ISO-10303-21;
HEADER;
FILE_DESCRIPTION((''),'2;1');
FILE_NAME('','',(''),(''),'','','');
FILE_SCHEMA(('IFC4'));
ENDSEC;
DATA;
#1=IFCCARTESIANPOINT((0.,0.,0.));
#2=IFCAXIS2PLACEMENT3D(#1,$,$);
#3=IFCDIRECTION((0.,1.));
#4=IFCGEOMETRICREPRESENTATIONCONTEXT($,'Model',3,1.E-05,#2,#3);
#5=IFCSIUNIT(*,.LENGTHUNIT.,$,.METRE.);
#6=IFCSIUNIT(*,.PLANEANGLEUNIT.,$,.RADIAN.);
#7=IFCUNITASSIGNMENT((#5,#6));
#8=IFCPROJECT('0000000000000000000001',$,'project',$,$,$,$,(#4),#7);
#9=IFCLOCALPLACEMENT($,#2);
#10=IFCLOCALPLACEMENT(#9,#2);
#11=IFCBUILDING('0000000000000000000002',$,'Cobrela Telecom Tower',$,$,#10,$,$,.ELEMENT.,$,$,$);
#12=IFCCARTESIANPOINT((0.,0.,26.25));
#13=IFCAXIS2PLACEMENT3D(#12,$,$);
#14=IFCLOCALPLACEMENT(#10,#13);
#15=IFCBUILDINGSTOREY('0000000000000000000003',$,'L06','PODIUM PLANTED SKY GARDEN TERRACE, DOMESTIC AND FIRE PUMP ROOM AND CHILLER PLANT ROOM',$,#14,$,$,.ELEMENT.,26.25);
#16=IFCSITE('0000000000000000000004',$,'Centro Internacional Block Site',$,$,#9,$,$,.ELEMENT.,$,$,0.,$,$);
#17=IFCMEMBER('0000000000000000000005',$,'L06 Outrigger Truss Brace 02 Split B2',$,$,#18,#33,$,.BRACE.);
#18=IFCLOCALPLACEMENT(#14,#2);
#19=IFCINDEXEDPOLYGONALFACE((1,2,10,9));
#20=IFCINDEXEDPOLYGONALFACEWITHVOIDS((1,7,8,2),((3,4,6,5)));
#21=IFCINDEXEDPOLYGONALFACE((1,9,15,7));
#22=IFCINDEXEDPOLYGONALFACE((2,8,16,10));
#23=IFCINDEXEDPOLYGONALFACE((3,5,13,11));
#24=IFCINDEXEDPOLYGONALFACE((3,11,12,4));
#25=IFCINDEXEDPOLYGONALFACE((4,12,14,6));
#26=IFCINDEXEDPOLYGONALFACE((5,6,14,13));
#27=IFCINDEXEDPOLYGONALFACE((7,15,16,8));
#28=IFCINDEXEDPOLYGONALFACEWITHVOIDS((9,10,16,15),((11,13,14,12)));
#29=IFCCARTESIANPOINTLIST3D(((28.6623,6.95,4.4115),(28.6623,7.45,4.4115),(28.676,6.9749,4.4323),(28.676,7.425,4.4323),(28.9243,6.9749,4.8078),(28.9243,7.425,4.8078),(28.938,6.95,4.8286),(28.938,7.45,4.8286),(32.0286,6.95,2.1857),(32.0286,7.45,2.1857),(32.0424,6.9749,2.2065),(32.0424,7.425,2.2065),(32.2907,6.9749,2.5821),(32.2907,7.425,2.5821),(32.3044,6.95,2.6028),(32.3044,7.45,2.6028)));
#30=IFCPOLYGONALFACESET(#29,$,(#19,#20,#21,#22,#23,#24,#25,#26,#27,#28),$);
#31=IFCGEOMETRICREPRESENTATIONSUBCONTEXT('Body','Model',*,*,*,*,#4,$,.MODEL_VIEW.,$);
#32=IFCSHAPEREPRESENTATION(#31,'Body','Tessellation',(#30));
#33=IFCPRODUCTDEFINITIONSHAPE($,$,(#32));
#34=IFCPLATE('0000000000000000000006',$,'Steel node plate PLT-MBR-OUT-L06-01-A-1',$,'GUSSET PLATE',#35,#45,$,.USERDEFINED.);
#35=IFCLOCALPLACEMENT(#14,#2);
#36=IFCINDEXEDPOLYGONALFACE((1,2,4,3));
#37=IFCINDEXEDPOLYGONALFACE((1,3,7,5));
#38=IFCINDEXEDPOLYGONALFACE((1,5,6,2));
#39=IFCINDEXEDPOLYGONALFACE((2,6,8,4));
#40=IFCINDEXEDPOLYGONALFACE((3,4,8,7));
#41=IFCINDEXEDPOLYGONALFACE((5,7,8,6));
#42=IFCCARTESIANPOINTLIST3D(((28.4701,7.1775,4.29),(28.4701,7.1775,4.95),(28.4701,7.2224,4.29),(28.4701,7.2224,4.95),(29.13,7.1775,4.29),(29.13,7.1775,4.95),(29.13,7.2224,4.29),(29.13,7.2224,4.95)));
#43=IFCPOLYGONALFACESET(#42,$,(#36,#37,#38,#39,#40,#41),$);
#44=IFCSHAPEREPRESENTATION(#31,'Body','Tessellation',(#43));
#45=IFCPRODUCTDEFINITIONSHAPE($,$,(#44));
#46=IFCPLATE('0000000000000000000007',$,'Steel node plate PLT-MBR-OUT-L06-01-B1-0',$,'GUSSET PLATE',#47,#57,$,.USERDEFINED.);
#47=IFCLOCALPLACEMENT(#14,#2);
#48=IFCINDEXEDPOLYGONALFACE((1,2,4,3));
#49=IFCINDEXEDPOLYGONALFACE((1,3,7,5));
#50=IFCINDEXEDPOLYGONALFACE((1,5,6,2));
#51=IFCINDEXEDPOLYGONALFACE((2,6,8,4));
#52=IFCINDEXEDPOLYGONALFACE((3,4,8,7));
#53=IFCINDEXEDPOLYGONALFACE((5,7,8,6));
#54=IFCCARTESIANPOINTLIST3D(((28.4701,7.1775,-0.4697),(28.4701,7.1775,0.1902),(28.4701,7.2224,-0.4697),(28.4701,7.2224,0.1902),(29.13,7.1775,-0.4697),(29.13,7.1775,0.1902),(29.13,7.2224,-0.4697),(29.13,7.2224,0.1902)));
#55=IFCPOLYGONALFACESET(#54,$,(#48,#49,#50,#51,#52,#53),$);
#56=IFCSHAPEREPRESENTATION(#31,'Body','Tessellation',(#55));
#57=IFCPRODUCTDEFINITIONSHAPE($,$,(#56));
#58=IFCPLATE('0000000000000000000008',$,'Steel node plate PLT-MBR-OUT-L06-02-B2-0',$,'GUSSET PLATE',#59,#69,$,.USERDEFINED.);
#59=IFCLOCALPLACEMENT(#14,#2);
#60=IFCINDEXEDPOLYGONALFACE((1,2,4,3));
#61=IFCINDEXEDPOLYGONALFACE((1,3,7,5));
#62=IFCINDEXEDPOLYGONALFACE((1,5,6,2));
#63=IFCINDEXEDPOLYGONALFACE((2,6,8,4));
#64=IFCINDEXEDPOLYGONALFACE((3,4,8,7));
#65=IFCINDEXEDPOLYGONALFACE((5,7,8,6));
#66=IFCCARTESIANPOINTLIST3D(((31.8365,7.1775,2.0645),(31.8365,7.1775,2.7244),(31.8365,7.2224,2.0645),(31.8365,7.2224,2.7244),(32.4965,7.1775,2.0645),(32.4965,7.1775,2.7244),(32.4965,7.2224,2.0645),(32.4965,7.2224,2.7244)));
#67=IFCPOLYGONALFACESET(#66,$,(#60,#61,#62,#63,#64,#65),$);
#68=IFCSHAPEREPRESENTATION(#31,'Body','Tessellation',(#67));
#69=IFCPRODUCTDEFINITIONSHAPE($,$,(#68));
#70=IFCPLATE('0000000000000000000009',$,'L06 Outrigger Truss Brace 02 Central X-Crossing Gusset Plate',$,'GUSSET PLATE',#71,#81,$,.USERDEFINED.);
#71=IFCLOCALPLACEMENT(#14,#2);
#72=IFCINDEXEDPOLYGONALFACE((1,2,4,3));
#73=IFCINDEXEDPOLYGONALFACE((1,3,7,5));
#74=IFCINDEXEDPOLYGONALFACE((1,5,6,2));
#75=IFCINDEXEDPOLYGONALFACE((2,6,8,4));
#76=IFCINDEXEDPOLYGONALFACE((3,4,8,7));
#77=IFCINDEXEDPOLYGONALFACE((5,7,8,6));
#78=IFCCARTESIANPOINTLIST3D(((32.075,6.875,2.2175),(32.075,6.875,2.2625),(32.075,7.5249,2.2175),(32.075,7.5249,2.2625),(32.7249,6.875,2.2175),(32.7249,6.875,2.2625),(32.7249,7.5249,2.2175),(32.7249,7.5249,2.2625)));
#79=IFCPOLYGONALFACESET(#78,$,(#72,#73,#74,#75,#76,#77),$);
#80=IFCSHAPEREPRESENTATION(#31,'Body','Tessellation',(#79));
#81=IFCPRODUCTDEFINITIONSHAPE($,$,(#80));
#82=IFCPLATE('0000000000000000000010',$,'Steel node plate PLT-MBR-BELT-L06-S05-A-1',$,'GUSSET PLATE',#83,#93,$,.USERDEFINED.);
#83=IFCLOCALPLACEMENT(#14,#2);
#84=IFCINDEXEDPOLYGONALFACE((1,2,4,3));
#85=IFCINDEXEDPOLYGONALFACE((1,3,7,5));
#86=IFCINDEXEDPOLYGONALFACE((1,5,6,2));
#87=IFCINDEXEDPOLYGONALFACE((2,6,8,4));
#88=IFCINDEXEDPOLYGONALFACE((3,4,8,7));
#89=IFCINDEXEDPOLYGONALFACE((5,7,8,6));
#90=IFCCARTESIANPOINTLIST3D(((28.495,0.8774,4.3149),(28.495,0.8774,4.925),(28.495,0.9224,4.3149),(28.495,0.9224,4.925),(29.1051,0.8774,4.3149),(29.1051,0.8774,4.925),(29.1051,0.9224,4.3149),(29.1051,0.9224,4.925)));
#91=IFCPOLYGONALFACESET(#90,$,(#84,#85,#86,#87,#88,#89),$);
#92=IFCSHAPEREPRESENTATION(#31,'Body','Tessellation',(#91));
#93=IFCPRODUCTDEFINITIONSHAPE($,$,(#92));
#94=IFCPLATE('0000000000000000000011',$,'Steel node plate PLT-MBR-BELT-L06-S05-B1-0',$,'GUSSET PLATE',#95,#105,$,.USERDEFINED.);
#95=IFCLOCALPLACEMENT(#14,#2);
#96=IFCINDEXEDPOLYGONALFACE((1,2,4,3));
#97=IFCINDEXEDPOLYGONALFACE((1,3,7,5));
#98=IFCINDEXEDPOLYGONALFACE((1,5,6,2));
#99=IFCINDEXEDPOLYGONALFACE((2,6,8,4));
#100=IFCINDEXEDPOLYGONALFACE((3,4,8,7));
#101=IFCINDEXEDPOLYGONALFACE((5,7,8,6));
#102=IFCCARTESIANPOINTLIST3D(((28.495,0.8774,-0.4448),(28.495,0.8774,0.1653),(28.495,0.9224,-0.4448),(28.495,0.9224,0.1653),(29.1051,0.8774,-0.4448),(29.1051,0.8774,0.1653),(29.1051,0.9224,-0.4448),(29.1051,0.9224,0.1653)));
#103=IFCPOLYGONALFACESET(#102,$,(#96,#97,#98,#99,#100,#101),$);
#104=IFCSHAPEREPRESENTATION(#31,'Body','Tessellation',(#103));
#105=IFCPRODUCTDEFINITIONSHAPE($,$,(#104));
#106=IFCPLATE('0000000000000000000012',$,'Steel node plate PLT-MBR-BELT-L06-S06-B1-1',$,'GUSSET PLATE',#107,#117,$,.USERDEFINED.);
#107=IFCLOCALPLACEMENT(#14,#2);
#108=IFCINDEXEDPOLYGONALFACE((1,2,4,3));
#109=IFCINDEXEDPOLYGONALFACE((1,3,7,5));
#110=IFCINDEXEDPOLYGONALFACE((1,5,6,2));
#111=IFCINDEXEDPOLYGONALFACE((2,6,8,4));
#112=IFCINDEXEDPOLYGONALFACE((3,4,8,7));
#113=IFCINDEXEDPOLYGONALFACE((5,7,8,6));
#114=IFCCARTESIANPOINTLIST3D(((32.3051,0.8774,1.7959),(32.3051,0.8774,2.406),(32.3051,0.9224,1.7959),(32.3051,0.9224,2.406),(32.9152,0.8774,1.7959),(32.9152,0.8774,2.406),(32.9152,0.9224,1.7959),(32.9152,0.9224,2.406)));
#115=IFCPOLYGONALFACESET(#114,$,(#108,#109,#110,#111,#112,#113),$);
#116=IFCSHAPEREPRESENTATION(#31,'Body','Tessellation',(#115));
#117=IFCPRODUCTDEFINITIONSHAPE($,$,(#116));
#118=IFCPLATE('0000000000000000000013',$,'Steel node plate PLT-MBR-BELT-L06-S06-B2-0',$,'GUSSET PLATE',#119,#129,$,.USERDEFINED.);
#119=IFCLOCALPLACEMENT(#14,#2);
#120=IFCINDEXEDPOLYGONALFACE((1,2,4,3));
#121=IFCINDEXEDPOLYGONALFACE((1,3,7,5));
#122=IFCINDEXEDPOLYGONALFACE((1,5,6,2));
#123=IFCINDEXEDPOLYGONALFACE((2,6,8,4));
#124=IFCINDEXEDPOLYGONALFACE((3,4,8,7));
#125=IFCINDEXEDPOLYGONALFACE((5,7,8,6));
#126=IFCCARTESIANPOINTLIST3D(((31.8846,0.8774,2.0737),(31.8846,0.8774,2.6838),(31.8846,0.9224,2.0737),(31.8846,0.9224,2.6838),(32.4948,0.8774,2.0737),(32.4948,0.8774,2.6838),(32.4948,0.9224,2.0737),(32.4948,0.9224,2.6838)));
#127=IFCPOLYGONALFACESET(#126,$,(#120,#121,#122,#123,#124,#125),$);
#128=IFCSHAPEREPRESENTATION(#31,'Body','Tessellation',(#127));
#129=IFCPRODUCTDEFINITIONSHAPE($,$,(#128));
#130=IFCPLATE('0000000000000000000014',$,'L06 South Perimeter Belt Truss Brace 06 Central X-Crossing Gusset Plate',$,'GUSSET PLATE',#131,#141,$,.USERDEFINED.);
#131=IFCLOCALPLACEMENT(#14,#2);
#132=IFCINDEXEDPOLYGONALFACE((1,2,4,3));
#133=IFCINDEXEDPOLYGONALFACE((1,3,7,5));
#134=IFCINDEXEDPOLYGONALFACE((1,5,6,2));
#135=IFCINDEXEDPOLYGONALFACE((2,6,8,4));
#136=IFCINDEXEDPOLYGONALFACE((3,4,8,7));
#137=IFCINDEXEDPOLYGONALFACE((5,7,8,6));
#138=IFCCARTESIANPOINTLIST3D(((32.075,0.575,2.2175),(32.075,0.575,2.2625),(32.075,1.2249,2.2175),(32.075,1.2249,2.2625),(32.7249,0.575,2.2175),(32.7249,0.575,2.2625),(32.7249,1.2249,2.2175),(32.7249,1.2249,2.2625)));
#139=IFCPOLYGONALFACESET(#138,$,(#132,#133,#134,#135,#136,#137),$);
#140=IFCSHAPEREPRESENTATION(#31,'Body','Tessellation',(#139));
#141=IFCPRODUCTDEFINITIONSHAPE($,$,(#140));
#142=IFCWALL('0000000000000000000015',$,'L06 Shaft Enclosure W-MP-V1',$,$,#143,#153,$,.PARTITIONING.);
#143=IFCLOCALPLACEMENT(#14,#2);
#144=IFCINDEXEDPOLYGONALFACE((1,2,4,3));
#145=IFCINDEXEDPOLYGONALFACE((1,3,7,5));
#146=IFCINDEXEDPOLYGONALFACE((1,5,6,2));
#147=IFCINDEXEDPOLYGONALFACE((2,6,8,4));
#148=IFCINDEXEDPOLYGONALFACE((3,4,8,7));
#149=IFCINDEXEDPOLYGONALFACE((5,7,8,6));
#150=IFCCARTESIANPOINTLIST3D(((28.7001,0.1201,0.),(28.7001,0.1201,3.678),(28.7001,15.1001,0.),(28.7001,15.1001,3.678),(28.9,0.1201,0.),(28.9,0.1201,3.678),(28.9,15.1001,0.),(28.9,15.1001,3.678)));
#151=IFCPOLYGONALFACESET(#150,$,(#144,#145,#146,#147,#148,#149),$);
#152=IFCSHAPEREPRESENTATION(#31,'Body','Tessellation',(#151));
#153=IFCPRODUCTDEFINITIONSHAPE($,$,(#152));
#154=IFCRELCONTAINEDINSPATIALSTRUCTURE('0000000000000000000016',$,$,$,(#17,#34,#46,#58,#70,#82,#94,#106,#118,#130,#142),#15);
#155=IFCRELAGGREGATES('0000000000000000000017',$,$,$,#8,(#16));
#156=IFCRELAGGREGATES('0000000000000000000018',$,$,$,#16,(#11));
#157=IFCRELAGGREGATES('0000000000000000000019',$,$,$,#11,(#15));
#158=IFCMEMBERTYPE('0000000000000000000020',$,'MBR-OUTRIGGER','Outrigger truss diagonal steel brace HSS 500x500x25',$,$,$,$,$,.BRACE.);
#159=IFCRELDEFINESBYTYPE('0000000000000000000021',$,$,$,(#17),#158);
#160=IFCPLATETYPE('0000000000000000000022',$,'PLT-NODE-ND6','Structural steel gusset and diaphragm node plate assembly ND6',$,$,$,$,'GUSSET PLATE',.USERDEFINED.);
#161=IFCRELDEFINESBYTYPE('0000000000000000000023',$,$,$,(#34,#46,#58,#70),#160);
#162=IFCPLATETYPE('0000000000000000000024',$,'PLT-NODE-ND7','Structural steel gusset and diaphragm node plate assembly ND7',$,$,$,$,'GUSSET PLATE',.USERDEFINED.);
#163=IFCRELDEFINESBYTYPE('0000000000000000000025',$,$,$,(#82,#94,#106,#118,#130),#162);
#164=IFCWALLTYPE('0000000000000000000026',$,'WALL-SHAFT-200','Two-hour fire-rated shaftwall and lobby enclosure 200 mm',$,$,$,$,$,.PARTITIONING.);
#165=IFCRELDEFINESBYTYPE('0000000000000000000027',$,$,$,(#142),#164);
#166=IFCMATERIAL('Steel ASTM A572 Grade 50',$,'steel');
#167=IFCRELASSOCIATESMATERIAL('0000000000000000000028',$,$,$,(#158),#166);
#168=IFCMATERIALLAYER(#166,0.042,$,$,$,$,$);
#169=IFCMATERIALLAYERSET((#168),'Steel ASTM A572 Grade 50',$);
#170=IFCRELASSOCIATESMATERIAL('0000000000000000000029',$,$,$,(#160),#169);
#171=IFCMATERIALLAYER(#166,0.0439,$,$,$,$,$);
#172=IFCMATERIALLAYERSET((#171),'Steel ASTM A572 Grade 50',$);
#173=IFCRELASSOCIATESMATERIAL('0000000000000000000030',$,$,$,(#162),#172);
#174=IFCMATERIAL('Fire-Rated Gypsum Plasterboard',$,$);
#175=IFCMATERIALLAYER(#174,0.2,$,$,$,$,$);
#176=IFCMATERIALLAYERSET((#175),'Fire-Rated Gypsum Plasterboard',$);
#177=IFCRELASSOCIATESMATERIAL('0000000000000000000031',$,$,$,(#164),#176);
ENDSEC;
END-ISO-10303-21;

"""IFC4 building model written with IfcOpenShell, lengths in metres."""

from ifc_helpers import new_model, si_unit, direction, frame, frame_2d, origin, origin_2d, place, context, subcontext, project, spatial, rectangle, hollow_rectangle, extrude, material, layer, layer_set, material_profile, profile_set, type_object, element, save


model = new_model("IFC4")

# Units and contexts
model_context = context("Model", 3, precision=1e-05, world=origin(), true_north=direction((0.0, 1.0)))
body_context = subcontext(model_context, "Body", "Model", "MODEL_VIEW")
ifc_project = project(units=[si_unit("LENGTHUNIT", "METRE"), si_unit("PLANEANGLEUNIT", "RADIAN")], contexts=[model_context])

# Site, building, storey
site_placement = place(None, origin())
site = spatial("IfcSite", under=ifc_project, at=site_placement, Name="Centro Internacional Block Site", CompositionType="ELEMENT", RefElevation=0.0)
building_placement = place(site_placement, origin())
building = spatial("IfcBuilding", under=site, at=building_placement, Name="Cobrela Telecom Tower", CompositionType="ELEMENT")
storey_placement = place(building_placement, frame((0.0, 0.0, 26.25)))
storey = spatial("IfcBuildingStorey", under=building, at=storey_placement, Name="L06", Description="PODIUM PLANTED SKY GARDEN TERRACE, DOMESTIC AND FIRE PUMP ROOM AND CHILLER PLANT ROOM", CompositionType="ELEMENT", Elevation=26.25)

# Shared definitions
ifc_material_1 = material(Name="Steel ASTM A572 Grade 50", Category="steel")

# Member
ifc_material_profile_1 = material_profile(ifc_material_1, hollow_rectangle(XDim=0.5, YDim=0.5, WallThickness=0.0249, at=origin_2d()), Name="HSS 500x500x25")
ifc_profile_set_1 = profile_set([ifc_material_profile_1], Name="Steel ASTM A572 Grade 50")
member_type_1 = type_object("IfcMemberType", Name="MBR-OUTRIGGER", Description="Outrigger truss diagonal steel brace HSS 500x500x25", PredefinedType="BRACE", material=ifc_profile_set_1)
member_1_placement = place(storey_placement, frame((32.1665, 7.2, 2.3943), z_axis=(-0.834157, 0.0, 0.551527), x_axis=(0.0, -1.0, 0.0)))
element("IfcMember", 1, at=member_1_placement, inside=storey, type_object=member_type_1, Name="L06 Outrigger Truss Brace 02 Split B2", PredefinedType="BRACE", context=body_context, shape_type="SweptSolid", body=[
    extrude(hollow_rectangle(XDim=0.5, YDim=0.5, WallThickness=0.0249, at=origin_2d()), origin(), (0.0, 0.0, 1.0), 4.0356),
])

# Plates
ifc_layer_1 = layer(ifc_material_1, 0.042)
ifc_layer_set_1 = layer_set([ifc_layer_1], Name="Steel ASTM A572 Grade 50")
plate_type_1 = type_object("IfcPlateType", Name="PLT-NODE-ND6", Description="Structural steel gusset and diaphragm node plate assembly ND6", ElementType="GUSSET PLATE", PredefinedType="USERDEFINED", material=ifc_layer_set_1)
for number, where, z_axis, x_axis, name in (
    (2, (28.8, 7.2, 4.29), (0.0, 0.0, 1.0), (1.0, 0.0, 0.0), "Steel node plate PLT-MBR-OUT-L06-01-A-1"),
    (3, (28.8, 7.2, -0.4697), (0.0, 0.0, 1.0), (-1.0, 0.0, 0.0), "Steel node plate PLT-MBR-OUT-L06-01-B1-0"),
    (4, (32.1665, 7.2, 2.0645), (0.0, 0.0, 1.0), (-1.0, 0.0, 0.0), "Steel node plate PLT-MBR-OUT-L06-02-B2-0"),
):
    element("IfcPlate", number, at=place(storey_placement, frame(where, z_axis=z_axis, x_axis=x_axis)), inside=storey, type_object=plate_type_1, Name=name, ObjectType="GUSSET PLATE", PredefinedType="USERDEFINED", context=body_context, shape_type="SweptSolid", body=[
        extrude(rectangle(XDim=0.6599, YDim=0.0449, at=origin_2d()), origin(), (0.0, 0.0, 1.0), 0.6599),
    ])
plate_1_placement = place(storey_placement, frame((32.3999, 7.2, 2.2175), z_axis=(0.0, 0.0, 1.0), x_axis=(1.0, 0.0, 0.0)))
element("IfcPlate", 5, at=plate_1_placement, inside=storey, type_object=plate_type_1, Name="L06 Outrigger Truss Brace 02 Central X-Crossing Gusset Plate", ObjectType="GUSSET PLATE", PredefinedType="USERDEFINED", context=body_context, shape_type="SweptSolid", body=[
    extrude(rectangle(XDim=0.6499, YDim=0.6499, at=origin_2d()), origin(), (0.0, 0.0, 1.0), 0.0449),
])
ifc_layer_2 = layer(ifc_material_1, 0.0439)
ifc_layer_set_2 = layer_set([ifc_layer_2], Name="Steel ASTM A572 Grade 50")
plate_type_2 = type_object("IfcPlateType", Name="PLT-NODE-ND7", Description="Structural steel gusset and diaphragm node plate assembly ND7", ElementType="GUSSET PLATE", PredefinedType="USERDEFINED", material=ifc_layer_set_2)
for number, where, z_axis, x_axis, name in (
    (6, (28.8, 0.8999, 4.3149), (0.0, 0.0, 1.0), (1.0, 0.0, 0.0), "Steel node plate PLT-MBR-BELT-L06-S05-A-1"),
    (7, (28.8, 0.8999, -0.4448), (0.0, 0.0, 1.0), (-1.0, 0.0, 0.0), "Steel node plate PLT-MBR-BELT-L06-S05-B1-0"),
    (8, (32.6101, 0.8999, 1.7959), (0.0, 0.0, 1.0), (-1.0, 0.0, 0.0), "Steel node plate PLT-MBR-BELT-L06-S06-B1-1"),
    (9, (32.1897, 0.8999, 2.0737), (0.0, 0.0, 1.0), (-1.0, 0.0, 0.0), "Steel node plate PLT-MBR-BELT-L06-S06-B2-0"),
):
    element("IfcPlate", number, at=place(storey_placement, frame(where, z_axis=z_axis, x_axis=x_axis)), inside=storey, type_object=plate_type_2, Name=name, ObjectType="GUSSET PLATE", PredefinedType="USERDEFINED", context=body_context, shape_type="SweptSolid", body=[
        extrude(rectangle(XDim=0.6101, YDim=0.0449, at=origin_2d()), origin(), (0.0, 0.0, 1.0), 0.6101),
    ])
plate_2_placement = place(storey_placement, frame((32.3999, 0.8999, 2.2175), z_axis=(0.0, 0.0, 1.0), x_axis=(1.0, 0.0, 0.0)))
element("IfcPlate", 10, at=plate_2_placement, inside=storey, type_object=plate_type_2, Name="L06 South Perimeter Belt Truss Brace 06 Central X-Crossing Gusset Plate", ObjectType="GUSSET PLATE", PredefinedType="USERDEFINED", context=body_context, shape_type="SweptSolid", body=[
    extrude(rectangle(XDim=0.6499, YDim=0.6499, at=origin_2d()), origin(), (0.0, 0.0, 1.0), 0.0449),
])

# Wall
ifc_material_2 = material(Name="Fire-Rated Gypsum Plasterboard")
ifc_layer_3 = layer(ifc_material_2, 0.2)
ifc_layer_set_3 = layer_set([ifc_layer_3], Name="Fire-Rated Gypsum Plasterboard")
wall_type = type_object("IfcWallType", Name="WALL-SHAFT-200", Description="Two-hour fire-rated shaftwall and lobby enclosure 200 mm", PredefinedType="PARTITIONING", material=ifc_layer_set_3)
wall_placement = place(storey_placement, frame((28.8, 0.1201, 0.0), z_axis=(0.0, 0.0, 1.0), x_axis=(0.0, 1.0, 0.0)))
element("IfcWall", 11, at=wall_placement, inside=storey, type_object=wall_type, Name="L06 Shaft Enclosure W-MP-V1", PredefinedType="PARTITIONING", context=body_context, shape_type="SweptSolid", body=[
    extrude(rectangle(XDim=14.98, YDim=0.2, at=frame_2d((7.49, 0.0))), origin(), (0.0, 0.0, 1.0), 3.678),
])

save(model, "model.ifc")
